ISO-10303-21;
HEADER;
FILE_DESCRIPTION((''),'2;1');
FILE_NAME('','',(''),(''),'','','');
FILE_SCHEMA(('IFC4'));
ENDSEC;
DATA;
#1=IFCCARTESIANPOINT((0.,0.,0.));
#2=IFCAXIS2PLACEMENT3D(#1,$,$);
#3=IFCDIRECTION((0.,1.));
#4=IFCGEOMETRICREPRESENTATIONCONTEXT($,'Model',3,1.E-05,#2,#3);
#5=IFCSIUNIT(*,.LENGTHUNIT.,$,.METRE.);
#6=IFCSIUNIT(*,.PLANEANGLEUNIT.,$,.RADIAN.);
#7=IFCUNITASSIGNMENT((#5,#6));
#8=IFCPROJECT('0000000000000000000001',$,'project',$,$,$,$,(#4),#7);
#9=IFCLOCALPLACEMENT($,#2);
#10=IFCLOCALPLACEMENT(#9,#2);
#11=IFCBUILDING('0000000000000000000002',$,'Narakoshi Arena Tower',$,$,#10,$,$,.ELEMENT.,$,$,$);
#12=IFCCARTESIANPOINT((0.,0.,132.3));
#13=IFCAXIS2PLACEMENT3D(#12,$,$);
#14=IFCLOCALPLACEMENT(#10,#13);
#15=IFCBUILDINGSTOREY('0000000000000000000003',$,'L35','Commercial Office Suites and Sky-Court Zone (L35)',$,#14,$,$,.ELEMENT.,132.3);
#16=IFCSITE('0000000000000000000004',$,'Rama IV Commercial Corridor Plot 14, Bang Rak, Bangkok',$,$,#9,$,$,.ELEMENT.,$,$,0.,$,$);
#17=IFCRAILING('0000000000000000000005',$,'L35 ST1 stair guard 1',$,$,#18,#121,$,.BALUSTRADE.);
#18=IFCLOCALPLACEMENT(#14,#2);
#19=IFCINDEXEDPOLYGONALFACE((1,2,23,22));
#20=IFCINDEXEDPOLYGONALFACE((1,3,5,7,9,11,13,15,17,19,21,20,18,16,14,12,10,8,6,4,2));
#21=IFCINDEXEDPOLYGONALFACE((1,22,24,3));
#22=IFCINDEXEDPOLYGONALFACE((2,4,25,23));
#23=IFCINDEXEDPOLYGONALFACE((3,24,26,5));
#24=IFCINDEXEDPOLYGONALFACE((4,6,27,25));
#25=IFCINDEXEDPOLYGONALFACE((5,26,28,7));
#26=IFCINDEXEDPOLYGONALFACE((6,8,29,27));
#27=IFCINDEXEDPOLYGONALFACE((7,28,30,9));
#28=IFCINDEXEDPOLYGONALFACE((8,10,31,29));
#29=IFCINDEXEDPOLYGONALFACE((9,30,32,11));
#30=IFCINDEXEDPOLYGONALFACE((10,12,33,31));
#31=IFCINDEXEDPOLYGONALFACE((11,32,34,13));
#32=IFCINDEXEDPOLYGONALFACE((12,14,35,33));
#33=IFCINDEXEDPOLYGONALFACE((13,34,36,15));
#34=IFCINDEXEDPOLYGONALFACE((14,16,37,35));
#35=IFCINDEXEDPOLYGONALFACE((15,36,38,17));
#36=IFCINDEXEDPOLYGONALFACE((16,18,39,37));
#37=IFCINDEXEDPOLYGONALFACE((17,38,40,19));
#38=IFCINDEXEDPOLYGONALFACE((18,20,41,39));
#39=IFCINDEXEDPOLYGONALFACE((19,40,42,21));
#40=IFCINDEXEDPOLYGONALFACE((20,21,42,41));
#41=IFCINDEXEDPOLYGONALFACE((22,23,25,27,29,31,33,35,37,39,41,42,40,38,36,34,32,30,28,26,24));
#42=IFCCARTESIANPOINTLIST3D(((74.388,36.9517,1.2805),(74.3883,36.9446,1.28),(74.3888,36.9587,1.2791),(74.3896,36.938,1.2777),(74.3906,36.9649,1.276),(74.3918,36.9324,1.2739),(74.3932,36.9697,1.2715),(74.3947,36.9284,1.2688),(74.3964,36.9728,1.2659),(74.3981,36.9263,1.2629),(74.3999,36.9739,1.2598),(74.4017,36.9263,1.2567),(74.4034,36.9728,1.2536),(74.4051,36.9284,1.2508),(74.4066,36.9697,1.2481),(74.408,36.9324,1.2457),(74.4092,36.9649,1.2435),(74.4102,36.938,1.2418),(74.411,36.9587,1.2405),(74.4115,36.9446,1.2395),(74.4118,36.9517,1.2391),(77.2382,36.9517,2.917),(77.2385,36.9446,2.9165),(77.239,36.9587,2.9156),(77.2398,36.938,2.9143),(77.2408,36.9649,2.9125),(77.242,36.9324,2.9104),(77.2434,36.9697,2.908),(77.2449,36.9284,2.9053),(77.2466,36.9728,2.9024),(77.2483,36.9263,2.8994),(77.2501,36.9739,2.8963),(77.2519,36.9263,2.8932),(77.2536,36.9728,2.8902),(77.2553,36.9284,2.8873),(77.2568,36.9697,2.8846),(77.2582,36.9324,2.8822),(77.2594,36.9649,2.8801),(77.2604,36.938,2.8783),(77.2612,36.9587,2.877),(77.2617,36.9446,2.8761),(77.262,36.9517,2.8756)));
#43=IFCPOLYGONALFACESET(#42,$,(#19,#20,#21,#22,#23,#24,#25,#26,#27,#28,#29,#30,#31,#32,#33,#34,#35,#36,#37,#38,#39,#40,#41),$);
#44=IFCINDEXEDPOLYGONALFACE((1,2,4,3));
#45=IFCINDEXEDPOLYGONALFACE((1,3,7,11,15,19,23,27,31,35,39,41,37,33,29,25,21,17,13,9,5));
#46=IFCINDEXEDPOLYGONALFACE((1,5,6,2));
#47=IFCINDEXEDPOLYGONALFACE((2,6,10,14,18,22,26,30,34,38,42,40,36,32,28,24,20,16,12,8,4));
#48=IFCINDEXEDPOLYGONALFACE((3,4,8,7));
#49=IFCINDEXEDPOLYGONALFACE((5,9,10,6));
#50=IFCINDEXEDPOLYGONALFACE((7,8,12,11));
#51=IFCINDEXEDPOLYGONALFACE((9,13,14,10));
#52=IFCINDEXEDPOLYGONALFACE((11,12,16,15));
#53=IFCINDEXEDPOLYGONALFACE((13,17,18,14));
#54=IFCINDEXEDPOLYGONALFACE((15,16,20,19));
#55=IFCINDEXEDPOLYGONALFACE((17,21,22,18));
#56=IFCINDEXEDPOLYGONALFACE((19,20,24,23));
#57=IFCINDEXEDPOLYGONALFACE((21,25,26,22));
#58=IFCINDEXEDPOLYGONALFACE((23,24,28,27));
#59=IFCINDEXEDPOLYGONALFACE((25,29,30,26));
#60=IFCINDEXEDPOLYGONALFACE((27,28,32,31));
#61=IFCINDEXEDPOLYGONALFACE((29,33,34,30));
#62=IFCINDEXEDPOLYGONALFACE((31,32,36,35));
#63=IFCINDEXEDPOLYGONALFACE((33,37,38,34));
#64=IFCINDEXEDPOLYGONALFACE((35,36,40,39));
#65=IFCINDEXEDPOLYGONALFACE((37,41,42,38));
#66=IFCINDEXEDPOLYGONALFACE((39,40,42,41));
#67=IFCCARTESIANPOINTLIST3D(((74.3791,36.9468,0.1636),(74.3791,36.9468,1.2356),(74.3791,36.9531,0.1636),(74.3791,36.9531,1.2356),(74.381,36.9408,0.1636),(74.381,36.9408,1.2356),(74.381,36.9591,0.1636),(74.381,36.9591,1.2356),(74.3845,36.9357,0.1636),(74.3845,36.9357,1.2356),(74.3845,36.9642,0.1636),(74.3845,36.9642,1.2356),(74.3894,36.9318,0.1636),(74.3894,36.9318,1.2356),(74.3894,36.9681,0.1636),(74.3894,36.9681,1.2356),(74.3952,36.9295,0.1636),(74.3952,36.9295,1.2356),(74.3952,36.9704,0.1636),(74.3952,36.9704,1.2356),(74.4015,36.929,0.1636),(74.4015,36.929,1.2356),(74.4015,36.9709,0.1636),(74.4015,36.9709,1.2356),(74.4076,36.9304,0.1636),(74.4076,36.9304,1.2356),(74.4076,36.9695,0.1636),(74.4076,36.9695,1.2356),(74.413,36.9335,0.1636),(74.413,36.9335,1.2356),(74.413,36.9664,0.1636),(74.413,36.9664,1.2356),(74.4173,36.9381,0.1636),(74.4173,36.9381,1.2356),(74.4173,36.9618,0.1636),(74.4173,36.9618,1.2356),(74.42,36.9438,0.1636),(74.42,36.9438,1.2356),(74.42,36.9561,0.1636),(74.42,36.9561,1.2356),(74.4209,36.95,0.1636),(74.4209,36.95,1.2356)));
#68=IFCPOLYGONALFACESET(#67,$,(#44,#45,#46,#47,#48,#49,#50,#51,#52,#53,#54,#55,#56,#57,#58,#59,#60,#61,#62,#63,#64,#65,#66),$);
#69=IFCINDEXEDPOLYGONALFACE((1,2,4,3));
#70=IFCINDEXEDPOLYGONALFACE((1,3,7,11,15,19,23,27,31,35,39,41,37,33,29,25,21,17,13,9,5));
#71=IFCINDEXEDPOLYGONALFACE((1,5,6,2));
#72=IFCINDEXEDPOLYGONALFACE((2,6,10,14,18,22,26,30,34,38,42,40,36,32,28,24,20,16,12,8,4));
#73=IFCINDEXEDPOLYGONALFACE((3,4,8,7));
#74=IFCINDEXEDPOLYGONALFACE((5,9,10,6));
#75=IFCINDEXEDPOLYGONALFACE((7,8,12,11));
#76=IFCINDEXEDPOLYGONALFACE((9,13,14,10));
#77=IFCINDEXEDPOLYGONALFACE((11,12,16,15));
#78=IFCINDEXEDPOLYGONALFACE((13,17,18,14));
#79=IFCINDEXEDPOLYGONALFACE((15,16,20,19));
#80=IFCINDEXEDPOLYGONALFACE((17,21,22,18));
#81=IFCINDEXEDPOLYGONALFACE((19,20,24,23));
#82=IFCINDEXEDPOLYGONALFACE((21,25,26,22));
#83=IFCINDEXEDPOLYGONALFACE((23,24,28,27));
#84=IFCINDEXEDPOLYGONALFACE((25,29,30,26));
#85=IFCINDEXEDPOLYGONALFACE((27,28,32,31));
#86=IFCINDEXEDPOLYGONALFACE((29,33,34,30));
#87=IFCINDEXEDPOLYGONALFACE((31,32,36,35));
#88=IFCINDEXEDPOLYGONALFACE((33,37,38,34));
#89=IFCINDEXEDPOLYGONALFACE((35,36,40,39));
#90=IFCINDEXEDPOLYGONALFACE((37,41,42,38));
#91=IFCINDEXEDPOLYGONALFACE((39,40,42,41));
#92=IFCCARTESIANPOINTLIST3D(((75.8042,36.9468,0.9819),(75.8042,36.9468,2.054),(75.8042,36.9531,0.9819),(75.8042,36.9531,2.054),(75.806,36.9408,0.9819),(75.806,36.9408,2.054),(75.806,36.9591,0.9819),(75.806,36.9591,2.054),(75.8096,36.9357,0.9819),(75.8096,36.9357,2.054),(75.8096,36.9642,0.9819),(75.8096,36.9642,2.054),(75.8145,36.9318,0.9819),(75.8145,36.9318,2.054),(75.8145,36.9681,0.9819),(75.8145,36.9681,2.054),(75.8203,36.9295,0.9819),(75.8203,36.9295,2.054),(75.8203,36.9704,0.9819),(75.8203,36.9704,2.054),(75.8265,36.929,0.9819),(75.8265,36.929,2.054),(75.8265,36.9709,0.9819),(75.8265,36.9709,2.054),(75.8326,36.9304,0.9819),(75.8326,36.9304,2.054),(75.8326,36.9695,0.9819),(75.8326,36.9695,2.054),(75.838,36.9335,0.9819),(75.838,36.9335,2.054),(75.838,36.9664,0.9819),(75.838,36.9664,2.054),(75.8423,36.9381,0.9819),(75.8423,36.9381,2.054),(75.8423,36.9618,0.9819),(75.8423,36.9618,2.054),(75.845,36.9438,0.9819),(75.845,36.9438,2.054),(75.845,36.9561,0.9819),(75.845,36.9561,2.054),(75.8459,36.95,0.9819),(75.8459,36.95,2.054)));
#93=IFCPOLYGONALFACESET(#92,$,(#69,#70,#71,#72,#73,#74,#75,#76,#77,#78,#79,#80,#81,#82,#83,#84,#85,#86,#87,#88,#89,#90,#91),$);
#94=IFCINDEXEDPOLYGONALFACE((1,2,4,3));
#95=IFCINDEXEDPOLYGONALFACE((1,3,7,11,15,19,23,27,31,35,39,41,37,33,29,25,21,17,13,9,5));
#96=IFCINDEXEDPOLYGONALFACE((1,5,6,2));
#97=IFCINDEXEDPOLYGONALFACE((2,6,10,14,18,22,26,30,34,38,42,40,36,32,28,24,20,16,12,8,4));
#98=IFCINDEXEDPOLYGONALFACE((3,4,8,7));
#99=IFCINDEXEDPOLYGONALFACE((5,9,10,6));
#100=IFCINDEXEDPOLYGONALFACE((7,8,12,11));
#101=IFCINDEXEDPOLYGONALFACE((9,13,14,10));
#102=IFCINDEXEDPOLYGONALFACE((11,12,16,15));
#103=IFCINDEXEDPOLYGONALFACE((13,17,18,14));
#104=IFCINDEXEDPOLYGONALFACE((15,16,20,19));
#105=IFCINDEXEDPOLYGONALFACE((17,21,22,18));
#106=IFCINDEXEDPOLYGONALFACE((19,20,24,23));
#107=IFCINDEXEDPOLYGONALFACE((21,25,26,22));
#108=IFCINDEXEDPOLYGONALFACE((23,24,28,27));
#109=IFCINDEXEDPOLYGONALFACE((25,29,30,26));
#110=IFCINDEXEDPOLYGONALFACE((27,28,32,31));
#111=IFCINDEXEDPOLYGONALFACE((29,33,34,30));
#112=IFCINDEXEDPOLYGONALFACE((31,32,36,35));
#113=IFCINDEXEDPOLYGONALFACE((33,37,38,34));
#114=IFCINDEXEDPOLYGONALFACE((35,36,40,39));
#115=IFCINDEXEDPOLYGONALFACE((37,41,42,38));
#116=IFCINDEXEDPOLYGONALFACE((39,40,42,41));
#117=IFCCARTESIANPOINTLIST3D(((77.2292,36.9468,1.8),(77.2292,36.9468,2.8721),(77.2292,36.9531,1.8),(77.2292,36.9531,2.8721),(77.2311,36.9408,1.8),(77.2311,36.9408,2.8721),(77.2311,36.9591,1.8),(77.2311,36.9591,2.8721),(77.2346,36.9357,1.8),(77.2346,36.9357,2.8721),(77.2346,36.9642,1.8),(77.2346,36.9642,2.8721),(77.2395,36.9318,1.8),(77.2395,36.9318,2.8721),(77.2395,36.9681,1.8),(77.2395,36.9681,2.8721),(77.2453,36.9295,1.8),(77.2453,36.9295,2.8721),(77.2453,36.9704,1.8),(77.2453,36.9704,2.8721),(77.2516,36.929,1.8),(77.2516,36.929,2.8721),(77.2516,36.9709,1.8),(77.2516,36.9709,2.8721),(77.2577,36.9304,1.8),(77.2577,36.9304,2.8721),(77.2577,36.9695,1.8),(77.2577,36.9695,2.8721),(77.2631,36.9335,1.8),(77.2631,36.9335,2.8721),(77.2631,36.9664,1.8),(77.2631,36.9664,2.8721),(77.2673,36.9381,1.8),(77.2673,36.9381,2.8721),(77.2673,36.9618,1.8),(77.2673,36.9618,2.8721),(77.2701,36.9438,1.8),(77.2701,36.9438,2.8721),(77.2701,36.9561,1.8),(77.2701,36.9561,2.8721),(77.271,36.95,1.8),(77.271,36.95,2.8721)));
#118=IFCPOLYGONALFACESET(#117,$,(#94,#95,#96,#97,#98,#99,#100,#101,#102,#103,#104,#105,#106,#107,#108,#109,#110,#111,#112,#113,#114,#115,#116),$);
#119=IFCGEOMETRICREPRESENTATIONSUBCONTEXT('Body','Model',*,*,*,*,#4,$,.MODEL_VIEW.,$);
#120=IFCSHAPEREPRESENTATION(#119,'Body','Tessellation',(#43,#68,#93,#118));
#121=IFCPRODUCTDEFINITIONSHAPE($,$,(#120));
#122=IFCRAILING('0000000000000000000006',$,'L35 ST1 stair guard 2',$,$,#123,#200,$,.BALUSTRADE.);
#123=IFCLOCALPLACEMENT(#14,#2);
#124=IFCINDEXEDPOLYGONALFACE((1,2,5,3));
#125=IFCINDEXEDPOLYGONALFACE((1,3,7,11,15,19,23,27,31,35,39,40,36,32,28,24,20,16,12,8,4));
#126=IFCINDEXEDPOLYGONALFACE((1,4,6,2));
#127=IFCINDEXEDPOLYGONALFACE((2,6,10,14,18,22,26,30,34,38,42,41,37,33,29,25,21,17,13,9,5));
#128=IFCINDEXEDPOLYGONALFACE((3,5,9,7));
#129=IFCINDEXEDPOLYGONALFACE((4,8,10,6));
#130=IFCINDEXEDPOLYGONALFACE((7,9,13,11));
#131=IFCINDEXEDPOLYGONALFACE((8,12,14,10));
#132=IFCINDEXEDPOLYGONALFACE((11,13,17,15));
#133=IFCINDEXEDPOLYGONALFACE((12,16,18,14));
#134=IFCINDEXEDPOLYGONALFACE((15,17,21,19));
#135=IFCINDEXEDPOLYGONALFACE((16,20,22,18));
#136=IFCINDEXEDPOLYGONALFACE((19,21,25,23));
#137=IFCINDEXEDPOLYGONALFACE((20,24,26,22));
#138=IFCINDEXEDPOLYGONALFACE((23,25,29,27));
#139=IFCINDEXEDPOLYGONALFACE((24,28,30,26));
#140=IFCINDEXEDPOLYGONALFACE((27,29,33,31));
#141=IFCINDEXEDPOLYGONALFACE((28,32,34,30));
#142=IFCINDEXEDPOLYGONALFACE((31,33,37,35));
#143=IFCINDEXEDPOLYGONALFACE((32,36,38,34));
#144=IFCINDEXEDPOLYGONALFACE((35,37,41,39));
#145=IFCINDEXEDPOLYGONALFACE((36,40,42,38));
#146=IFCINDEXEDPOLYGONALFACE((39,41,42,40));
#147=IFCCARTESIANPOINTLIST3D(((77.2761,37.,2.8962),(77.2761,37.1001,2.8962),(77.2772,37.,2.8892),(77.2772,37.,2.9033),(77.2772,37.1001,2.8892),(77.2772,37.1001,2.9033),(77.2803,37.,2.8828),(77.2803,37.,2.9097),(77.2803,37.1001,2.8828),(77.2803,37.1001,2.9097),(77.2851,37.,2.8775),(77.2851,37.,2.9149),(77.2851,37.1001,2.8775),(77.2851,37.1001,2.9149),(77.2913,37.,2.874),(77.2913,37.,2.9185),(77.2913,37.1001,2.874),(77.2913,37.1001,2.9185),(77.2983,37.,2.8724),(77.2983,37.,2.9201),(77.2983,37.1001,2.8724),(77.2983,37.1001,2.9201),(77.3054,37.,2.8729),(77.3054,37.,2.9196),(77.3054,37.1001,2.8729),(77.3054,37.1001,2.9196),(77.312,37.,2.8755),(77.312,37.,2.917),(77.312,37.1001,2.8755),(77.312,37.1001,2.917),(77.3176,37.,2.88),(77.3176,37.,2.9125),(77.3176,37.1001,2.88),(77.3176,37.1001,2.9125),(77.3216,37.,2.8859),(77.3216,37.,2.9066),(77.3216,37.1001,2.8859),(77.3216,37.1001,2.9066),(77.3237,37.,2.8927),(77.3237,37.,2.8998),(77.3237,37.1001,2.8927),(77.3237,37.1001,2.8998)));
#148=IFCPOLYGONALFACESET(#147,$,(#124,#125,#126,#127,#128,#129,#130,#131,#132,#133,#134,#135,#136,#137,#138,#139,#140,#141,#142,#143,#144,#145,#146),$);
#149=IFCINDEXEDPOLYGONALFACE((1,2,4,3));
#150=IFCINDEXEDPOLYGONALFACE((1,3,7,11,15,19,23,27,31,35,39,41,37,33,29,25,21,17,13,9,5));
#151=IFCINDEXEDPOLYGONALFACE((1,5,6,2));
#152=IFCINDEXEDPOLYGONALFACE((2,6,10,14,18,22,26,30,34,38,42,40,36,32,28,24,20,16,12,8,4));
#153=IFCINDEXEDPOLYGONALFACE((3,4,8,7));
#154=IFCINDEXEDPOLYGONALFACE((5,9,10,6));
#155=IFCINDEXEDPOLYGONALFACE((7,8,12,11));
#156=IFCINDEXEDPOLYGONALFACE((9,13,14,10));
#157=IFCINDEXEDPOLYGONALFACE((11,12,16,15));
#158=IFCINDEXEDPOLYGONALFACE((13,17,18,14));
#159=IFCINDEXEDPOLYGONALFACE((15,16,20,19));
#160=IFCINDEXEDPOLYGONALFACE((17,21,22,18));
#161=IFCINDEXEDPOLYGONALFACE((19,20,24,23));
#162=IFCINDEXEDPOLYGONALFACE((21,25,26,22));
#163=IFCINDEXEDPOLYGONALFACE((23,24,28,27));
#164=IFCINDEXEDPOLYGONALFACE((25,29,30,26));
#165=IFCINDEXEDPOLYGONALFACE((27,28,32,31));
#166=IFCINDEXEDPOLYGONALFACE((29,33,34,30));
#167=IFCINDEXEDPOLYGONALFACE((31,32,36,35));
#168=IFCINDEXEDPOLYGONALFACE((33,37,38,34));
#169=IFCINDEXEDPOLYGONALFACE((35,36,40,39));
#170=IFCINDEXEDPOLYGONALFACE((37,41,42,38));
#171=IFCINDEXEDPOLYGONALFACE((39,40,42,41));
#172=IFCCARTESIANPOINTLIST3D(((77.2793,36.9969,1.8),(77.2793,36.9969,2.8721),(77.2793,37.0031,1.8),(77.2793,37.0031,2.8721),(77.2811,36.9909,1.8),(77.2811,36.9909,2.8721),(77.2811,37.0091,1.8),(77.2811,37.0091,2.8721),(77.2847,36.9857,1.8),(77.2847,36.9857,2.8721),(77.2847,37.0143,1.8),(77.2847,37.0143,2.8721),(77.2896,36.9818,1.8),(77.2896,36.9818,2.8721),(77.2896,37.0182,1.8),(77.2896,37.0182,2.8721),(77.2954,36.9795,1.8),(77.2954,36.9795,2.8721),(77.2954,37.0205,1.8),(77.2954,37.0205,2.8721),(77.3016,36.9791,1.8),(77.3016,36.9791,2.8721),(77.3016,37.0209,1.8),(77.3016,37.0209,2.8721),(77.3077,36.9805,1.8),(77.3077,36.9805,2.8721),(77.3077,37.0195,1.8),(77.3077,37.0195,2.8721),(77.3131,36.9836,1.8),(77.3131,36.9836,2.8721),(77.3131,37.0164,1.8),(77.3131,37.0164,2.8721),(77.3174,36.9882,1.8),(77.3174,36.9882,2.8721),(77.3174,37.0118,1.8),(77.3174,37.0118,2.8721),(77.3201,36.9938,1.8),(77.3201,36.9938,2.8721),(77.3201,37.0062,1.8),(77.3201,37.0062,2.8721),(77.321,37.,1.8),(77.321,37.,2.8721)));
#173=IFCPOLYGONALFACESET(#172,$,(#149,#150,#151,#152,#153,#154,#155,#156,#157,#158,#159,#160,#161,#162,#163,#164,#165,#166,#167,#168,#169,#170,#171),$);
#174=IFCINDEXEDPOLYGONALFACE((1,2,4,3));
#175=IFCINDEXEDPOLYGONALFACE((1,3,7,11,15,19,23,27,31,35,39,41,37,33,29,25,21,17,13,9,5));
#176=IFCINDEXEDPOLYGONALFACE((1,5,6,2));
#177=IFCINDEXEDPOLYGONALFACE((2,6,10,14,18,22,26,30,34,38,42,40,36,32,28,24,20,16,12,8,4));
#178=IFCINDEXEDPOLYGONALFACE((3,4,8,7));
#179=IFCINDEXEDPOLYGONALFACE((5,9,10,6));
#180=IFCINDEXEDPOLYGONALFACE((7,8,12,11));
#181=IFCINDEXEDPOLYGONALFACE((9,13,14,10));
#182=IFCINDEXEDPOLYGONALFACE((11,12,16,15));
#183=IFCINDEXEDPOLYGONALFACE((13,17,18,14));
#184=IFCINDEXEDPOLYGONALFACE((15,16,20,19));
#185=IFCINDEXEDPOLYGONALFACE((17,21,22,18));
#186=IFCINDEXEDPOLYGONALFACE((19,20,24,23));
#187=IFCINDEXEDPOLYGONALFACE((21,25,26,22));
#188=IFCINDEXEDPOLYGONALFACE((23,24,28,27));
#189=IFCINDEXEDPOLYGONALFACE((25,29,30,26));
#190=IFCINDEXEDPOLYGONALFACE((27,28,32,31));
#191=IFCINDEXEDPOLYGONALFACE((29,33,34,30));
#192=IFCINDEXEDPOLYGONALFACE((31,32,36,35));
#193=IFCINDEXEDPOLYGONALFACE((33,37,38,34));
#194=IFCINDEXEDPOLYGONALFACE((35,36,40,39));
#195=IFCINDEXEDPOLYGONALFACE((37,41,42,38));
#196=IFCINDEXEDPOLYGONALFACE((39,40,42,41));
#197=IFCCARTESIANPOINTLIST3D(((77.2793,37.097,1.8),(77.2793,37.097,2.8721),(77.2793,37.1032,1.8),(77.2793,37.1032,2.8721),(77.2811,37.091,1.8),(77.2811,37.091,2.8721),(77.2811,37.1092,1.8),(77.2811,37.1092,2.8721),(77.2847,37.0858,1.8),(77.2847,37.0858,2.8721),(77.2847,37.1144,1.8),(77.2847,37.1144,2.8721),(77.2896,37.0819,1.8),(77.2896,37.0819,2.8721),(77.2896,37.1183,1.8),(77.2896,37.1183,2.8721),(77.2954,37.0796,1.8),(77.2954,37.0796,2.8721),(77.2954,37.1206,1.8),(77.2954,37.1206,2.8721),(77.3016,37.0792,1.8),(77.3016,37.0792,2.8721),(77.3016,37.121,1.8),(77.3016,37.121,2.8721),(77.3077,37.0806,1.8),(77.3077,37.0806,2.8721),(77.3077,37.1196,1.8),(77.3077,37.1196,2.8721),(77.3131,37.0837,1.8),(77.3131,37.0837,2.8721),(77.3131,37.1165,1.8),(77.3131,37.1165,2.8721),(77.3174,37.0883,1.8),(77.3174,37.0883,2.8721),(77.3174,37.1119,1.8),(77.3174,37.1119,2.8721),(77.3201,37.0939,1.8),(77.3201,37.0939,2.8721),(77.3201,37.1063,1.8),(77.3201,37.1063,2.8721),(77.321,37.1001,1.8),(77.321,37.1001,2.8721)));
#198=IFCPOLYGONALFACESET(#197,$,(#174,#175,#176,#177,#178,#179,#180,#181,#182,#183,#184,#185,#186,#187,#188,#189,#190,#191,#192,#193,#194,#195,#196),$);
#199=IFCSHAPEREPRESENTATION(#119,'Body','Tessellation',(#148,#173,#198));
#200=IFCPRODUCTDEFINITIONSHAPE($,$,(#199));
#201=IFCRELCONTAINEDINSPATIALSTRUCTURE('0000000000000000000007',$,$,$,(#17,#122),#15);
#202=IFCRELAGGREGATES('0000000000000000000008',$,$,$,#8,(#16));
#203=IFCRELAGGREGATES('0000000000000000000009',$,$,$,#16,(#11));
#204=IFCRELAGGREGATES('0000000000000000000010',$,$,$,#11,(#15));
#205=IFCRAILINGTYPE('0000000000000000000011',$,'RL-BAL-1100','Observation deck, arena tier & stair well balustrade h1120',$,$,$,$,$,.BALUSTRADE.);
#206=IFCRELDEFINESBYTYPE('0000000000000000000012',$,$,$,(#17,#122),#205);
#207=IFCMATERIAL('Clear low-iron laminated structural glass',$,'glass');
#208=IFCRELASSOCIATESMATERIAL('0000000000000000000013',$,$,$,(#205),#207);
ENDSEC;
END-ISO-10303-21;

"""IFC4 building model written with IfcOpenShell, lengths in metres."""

from ifc_helpers import new_model, si_unit, direction, frame, origin, origin_2d, place, context, subcontext, project, spatial, circle, extrude, material, type_object, element, save


model = new_model("IFC4")

# Units and contexts
model_context = context("Model", 3, precision=1e-05, world=origin(), true_north=direction((0.0, 1.0)))
body_context = subcontext(model_context, "Body", "Model", "MODEL_VIEW")
ifc_project = project(units=[si_unit("LENGTHUNIT", "METRE"), si_unit("PLANEANGLEUNIT", "RADIAN")], contexts=[model_context])

# Site, building, storey
site_placement = place(None, origin())
site = spatial("IfcSite", under=ifc_project, at=site_placement, Name="Rama IV Commercial Corridor Plot 14, Bang Rak, Bangkok", CompositionType="ELEMENT", RefElevation=0.0)
building_placement = place(site_placement, origin())
building = spatial("IfcBuilding", under=site, at=building_placement, Name="Narakoshi Arena Tower", CompositionType="ELEMENT")
storey_placement = place(building_placement, frame((0.0, 0.0, 132.3)))
storey = spatial("IfcBuildingStorey", under=building, at=storey_placement, Name="L35", Description="Commercial Office Suites and Sky-Court Zone (L35)", CompositionType="ELEMENT", Elevation=132.3)

# Railings
ifc_material_1 = material(Name="Clear low-iron laminated structural glass", Category="glass")
railing_type_1 = type_object("IfcRailingType", Name="RL-BAL-1100", Description="Observation deck, arena tier & stair well balustrade h1120", PredefinedType="BALUSTRADE", material=ifc_material_1)
railing_1_placement = place(storey_placement, frame((74.3999, 36.95, 0.1636)))
element("IfcRailing", 1, at=railing_1_placement, inside=storey, type_object=railing_type_1, Name="L35 ST1 stair guard 1", PredefinedType="BALUSTRADE", context=body_context, shape_type="SweptSolid", body=[
    extrude(circle(Radius=0.0239, at=origin_2d()), frame((0.0, 0.0, 1.0962), z_axis=(0.867213, 0.0, 0.497938), x_axis=(0.0, 1.0, 0.0)), (0.0, 0.0, 1.0), 3.2866),
    extrude(circle(Radius=0.021, at=origin_2d()), origin(), (0.0, 0.0, 1.0), 1.072),
    extrude(circle(Radius=0.021, at=origin_2d()), frame((1.425, 0.0, 0.8184)), (0.0, 0.0, 1.0), 1.072),
    extrude(circle(Radius=0.021, at=origin_2d()), frame((2.8501, 0.0, 1.6365)), (0.0, 0.0, 1.0), 1.072),
])
railing_2_placement = place(storey_placement, frame((77.3, 37.0, 1.8)))
element("IfcRailing", 2, at=railing_2_placement, inside=storey, type_object=railing_type_1, Name="L35 ST1 stair guard 2", PredefinedType="BALUSTRADE", context=body_context, shape_type="SweptSolid", body=[
    extrude(circle(Radius=0.0239, at=origin_2d()), frame((0.0, 0.0, 1.0962), z_axis=(0.0, 1.0, 0.0), x_axis=(-1.0, 0.0, 0.0)), (0.0, 0.0, 1.0), 0.1001),
    extrude(circle(Radius=0.021, at=origin_2d()), origin(), (0.0, 0.0, 1.0), 1.072),
    extrude(circle(Radius=0.021, at=origin_2d()), frame((0.0, 0.1001, 0.0)), (0.0, 0.0, 1.0), 1.072),
])

save(model, "model.ifc")
